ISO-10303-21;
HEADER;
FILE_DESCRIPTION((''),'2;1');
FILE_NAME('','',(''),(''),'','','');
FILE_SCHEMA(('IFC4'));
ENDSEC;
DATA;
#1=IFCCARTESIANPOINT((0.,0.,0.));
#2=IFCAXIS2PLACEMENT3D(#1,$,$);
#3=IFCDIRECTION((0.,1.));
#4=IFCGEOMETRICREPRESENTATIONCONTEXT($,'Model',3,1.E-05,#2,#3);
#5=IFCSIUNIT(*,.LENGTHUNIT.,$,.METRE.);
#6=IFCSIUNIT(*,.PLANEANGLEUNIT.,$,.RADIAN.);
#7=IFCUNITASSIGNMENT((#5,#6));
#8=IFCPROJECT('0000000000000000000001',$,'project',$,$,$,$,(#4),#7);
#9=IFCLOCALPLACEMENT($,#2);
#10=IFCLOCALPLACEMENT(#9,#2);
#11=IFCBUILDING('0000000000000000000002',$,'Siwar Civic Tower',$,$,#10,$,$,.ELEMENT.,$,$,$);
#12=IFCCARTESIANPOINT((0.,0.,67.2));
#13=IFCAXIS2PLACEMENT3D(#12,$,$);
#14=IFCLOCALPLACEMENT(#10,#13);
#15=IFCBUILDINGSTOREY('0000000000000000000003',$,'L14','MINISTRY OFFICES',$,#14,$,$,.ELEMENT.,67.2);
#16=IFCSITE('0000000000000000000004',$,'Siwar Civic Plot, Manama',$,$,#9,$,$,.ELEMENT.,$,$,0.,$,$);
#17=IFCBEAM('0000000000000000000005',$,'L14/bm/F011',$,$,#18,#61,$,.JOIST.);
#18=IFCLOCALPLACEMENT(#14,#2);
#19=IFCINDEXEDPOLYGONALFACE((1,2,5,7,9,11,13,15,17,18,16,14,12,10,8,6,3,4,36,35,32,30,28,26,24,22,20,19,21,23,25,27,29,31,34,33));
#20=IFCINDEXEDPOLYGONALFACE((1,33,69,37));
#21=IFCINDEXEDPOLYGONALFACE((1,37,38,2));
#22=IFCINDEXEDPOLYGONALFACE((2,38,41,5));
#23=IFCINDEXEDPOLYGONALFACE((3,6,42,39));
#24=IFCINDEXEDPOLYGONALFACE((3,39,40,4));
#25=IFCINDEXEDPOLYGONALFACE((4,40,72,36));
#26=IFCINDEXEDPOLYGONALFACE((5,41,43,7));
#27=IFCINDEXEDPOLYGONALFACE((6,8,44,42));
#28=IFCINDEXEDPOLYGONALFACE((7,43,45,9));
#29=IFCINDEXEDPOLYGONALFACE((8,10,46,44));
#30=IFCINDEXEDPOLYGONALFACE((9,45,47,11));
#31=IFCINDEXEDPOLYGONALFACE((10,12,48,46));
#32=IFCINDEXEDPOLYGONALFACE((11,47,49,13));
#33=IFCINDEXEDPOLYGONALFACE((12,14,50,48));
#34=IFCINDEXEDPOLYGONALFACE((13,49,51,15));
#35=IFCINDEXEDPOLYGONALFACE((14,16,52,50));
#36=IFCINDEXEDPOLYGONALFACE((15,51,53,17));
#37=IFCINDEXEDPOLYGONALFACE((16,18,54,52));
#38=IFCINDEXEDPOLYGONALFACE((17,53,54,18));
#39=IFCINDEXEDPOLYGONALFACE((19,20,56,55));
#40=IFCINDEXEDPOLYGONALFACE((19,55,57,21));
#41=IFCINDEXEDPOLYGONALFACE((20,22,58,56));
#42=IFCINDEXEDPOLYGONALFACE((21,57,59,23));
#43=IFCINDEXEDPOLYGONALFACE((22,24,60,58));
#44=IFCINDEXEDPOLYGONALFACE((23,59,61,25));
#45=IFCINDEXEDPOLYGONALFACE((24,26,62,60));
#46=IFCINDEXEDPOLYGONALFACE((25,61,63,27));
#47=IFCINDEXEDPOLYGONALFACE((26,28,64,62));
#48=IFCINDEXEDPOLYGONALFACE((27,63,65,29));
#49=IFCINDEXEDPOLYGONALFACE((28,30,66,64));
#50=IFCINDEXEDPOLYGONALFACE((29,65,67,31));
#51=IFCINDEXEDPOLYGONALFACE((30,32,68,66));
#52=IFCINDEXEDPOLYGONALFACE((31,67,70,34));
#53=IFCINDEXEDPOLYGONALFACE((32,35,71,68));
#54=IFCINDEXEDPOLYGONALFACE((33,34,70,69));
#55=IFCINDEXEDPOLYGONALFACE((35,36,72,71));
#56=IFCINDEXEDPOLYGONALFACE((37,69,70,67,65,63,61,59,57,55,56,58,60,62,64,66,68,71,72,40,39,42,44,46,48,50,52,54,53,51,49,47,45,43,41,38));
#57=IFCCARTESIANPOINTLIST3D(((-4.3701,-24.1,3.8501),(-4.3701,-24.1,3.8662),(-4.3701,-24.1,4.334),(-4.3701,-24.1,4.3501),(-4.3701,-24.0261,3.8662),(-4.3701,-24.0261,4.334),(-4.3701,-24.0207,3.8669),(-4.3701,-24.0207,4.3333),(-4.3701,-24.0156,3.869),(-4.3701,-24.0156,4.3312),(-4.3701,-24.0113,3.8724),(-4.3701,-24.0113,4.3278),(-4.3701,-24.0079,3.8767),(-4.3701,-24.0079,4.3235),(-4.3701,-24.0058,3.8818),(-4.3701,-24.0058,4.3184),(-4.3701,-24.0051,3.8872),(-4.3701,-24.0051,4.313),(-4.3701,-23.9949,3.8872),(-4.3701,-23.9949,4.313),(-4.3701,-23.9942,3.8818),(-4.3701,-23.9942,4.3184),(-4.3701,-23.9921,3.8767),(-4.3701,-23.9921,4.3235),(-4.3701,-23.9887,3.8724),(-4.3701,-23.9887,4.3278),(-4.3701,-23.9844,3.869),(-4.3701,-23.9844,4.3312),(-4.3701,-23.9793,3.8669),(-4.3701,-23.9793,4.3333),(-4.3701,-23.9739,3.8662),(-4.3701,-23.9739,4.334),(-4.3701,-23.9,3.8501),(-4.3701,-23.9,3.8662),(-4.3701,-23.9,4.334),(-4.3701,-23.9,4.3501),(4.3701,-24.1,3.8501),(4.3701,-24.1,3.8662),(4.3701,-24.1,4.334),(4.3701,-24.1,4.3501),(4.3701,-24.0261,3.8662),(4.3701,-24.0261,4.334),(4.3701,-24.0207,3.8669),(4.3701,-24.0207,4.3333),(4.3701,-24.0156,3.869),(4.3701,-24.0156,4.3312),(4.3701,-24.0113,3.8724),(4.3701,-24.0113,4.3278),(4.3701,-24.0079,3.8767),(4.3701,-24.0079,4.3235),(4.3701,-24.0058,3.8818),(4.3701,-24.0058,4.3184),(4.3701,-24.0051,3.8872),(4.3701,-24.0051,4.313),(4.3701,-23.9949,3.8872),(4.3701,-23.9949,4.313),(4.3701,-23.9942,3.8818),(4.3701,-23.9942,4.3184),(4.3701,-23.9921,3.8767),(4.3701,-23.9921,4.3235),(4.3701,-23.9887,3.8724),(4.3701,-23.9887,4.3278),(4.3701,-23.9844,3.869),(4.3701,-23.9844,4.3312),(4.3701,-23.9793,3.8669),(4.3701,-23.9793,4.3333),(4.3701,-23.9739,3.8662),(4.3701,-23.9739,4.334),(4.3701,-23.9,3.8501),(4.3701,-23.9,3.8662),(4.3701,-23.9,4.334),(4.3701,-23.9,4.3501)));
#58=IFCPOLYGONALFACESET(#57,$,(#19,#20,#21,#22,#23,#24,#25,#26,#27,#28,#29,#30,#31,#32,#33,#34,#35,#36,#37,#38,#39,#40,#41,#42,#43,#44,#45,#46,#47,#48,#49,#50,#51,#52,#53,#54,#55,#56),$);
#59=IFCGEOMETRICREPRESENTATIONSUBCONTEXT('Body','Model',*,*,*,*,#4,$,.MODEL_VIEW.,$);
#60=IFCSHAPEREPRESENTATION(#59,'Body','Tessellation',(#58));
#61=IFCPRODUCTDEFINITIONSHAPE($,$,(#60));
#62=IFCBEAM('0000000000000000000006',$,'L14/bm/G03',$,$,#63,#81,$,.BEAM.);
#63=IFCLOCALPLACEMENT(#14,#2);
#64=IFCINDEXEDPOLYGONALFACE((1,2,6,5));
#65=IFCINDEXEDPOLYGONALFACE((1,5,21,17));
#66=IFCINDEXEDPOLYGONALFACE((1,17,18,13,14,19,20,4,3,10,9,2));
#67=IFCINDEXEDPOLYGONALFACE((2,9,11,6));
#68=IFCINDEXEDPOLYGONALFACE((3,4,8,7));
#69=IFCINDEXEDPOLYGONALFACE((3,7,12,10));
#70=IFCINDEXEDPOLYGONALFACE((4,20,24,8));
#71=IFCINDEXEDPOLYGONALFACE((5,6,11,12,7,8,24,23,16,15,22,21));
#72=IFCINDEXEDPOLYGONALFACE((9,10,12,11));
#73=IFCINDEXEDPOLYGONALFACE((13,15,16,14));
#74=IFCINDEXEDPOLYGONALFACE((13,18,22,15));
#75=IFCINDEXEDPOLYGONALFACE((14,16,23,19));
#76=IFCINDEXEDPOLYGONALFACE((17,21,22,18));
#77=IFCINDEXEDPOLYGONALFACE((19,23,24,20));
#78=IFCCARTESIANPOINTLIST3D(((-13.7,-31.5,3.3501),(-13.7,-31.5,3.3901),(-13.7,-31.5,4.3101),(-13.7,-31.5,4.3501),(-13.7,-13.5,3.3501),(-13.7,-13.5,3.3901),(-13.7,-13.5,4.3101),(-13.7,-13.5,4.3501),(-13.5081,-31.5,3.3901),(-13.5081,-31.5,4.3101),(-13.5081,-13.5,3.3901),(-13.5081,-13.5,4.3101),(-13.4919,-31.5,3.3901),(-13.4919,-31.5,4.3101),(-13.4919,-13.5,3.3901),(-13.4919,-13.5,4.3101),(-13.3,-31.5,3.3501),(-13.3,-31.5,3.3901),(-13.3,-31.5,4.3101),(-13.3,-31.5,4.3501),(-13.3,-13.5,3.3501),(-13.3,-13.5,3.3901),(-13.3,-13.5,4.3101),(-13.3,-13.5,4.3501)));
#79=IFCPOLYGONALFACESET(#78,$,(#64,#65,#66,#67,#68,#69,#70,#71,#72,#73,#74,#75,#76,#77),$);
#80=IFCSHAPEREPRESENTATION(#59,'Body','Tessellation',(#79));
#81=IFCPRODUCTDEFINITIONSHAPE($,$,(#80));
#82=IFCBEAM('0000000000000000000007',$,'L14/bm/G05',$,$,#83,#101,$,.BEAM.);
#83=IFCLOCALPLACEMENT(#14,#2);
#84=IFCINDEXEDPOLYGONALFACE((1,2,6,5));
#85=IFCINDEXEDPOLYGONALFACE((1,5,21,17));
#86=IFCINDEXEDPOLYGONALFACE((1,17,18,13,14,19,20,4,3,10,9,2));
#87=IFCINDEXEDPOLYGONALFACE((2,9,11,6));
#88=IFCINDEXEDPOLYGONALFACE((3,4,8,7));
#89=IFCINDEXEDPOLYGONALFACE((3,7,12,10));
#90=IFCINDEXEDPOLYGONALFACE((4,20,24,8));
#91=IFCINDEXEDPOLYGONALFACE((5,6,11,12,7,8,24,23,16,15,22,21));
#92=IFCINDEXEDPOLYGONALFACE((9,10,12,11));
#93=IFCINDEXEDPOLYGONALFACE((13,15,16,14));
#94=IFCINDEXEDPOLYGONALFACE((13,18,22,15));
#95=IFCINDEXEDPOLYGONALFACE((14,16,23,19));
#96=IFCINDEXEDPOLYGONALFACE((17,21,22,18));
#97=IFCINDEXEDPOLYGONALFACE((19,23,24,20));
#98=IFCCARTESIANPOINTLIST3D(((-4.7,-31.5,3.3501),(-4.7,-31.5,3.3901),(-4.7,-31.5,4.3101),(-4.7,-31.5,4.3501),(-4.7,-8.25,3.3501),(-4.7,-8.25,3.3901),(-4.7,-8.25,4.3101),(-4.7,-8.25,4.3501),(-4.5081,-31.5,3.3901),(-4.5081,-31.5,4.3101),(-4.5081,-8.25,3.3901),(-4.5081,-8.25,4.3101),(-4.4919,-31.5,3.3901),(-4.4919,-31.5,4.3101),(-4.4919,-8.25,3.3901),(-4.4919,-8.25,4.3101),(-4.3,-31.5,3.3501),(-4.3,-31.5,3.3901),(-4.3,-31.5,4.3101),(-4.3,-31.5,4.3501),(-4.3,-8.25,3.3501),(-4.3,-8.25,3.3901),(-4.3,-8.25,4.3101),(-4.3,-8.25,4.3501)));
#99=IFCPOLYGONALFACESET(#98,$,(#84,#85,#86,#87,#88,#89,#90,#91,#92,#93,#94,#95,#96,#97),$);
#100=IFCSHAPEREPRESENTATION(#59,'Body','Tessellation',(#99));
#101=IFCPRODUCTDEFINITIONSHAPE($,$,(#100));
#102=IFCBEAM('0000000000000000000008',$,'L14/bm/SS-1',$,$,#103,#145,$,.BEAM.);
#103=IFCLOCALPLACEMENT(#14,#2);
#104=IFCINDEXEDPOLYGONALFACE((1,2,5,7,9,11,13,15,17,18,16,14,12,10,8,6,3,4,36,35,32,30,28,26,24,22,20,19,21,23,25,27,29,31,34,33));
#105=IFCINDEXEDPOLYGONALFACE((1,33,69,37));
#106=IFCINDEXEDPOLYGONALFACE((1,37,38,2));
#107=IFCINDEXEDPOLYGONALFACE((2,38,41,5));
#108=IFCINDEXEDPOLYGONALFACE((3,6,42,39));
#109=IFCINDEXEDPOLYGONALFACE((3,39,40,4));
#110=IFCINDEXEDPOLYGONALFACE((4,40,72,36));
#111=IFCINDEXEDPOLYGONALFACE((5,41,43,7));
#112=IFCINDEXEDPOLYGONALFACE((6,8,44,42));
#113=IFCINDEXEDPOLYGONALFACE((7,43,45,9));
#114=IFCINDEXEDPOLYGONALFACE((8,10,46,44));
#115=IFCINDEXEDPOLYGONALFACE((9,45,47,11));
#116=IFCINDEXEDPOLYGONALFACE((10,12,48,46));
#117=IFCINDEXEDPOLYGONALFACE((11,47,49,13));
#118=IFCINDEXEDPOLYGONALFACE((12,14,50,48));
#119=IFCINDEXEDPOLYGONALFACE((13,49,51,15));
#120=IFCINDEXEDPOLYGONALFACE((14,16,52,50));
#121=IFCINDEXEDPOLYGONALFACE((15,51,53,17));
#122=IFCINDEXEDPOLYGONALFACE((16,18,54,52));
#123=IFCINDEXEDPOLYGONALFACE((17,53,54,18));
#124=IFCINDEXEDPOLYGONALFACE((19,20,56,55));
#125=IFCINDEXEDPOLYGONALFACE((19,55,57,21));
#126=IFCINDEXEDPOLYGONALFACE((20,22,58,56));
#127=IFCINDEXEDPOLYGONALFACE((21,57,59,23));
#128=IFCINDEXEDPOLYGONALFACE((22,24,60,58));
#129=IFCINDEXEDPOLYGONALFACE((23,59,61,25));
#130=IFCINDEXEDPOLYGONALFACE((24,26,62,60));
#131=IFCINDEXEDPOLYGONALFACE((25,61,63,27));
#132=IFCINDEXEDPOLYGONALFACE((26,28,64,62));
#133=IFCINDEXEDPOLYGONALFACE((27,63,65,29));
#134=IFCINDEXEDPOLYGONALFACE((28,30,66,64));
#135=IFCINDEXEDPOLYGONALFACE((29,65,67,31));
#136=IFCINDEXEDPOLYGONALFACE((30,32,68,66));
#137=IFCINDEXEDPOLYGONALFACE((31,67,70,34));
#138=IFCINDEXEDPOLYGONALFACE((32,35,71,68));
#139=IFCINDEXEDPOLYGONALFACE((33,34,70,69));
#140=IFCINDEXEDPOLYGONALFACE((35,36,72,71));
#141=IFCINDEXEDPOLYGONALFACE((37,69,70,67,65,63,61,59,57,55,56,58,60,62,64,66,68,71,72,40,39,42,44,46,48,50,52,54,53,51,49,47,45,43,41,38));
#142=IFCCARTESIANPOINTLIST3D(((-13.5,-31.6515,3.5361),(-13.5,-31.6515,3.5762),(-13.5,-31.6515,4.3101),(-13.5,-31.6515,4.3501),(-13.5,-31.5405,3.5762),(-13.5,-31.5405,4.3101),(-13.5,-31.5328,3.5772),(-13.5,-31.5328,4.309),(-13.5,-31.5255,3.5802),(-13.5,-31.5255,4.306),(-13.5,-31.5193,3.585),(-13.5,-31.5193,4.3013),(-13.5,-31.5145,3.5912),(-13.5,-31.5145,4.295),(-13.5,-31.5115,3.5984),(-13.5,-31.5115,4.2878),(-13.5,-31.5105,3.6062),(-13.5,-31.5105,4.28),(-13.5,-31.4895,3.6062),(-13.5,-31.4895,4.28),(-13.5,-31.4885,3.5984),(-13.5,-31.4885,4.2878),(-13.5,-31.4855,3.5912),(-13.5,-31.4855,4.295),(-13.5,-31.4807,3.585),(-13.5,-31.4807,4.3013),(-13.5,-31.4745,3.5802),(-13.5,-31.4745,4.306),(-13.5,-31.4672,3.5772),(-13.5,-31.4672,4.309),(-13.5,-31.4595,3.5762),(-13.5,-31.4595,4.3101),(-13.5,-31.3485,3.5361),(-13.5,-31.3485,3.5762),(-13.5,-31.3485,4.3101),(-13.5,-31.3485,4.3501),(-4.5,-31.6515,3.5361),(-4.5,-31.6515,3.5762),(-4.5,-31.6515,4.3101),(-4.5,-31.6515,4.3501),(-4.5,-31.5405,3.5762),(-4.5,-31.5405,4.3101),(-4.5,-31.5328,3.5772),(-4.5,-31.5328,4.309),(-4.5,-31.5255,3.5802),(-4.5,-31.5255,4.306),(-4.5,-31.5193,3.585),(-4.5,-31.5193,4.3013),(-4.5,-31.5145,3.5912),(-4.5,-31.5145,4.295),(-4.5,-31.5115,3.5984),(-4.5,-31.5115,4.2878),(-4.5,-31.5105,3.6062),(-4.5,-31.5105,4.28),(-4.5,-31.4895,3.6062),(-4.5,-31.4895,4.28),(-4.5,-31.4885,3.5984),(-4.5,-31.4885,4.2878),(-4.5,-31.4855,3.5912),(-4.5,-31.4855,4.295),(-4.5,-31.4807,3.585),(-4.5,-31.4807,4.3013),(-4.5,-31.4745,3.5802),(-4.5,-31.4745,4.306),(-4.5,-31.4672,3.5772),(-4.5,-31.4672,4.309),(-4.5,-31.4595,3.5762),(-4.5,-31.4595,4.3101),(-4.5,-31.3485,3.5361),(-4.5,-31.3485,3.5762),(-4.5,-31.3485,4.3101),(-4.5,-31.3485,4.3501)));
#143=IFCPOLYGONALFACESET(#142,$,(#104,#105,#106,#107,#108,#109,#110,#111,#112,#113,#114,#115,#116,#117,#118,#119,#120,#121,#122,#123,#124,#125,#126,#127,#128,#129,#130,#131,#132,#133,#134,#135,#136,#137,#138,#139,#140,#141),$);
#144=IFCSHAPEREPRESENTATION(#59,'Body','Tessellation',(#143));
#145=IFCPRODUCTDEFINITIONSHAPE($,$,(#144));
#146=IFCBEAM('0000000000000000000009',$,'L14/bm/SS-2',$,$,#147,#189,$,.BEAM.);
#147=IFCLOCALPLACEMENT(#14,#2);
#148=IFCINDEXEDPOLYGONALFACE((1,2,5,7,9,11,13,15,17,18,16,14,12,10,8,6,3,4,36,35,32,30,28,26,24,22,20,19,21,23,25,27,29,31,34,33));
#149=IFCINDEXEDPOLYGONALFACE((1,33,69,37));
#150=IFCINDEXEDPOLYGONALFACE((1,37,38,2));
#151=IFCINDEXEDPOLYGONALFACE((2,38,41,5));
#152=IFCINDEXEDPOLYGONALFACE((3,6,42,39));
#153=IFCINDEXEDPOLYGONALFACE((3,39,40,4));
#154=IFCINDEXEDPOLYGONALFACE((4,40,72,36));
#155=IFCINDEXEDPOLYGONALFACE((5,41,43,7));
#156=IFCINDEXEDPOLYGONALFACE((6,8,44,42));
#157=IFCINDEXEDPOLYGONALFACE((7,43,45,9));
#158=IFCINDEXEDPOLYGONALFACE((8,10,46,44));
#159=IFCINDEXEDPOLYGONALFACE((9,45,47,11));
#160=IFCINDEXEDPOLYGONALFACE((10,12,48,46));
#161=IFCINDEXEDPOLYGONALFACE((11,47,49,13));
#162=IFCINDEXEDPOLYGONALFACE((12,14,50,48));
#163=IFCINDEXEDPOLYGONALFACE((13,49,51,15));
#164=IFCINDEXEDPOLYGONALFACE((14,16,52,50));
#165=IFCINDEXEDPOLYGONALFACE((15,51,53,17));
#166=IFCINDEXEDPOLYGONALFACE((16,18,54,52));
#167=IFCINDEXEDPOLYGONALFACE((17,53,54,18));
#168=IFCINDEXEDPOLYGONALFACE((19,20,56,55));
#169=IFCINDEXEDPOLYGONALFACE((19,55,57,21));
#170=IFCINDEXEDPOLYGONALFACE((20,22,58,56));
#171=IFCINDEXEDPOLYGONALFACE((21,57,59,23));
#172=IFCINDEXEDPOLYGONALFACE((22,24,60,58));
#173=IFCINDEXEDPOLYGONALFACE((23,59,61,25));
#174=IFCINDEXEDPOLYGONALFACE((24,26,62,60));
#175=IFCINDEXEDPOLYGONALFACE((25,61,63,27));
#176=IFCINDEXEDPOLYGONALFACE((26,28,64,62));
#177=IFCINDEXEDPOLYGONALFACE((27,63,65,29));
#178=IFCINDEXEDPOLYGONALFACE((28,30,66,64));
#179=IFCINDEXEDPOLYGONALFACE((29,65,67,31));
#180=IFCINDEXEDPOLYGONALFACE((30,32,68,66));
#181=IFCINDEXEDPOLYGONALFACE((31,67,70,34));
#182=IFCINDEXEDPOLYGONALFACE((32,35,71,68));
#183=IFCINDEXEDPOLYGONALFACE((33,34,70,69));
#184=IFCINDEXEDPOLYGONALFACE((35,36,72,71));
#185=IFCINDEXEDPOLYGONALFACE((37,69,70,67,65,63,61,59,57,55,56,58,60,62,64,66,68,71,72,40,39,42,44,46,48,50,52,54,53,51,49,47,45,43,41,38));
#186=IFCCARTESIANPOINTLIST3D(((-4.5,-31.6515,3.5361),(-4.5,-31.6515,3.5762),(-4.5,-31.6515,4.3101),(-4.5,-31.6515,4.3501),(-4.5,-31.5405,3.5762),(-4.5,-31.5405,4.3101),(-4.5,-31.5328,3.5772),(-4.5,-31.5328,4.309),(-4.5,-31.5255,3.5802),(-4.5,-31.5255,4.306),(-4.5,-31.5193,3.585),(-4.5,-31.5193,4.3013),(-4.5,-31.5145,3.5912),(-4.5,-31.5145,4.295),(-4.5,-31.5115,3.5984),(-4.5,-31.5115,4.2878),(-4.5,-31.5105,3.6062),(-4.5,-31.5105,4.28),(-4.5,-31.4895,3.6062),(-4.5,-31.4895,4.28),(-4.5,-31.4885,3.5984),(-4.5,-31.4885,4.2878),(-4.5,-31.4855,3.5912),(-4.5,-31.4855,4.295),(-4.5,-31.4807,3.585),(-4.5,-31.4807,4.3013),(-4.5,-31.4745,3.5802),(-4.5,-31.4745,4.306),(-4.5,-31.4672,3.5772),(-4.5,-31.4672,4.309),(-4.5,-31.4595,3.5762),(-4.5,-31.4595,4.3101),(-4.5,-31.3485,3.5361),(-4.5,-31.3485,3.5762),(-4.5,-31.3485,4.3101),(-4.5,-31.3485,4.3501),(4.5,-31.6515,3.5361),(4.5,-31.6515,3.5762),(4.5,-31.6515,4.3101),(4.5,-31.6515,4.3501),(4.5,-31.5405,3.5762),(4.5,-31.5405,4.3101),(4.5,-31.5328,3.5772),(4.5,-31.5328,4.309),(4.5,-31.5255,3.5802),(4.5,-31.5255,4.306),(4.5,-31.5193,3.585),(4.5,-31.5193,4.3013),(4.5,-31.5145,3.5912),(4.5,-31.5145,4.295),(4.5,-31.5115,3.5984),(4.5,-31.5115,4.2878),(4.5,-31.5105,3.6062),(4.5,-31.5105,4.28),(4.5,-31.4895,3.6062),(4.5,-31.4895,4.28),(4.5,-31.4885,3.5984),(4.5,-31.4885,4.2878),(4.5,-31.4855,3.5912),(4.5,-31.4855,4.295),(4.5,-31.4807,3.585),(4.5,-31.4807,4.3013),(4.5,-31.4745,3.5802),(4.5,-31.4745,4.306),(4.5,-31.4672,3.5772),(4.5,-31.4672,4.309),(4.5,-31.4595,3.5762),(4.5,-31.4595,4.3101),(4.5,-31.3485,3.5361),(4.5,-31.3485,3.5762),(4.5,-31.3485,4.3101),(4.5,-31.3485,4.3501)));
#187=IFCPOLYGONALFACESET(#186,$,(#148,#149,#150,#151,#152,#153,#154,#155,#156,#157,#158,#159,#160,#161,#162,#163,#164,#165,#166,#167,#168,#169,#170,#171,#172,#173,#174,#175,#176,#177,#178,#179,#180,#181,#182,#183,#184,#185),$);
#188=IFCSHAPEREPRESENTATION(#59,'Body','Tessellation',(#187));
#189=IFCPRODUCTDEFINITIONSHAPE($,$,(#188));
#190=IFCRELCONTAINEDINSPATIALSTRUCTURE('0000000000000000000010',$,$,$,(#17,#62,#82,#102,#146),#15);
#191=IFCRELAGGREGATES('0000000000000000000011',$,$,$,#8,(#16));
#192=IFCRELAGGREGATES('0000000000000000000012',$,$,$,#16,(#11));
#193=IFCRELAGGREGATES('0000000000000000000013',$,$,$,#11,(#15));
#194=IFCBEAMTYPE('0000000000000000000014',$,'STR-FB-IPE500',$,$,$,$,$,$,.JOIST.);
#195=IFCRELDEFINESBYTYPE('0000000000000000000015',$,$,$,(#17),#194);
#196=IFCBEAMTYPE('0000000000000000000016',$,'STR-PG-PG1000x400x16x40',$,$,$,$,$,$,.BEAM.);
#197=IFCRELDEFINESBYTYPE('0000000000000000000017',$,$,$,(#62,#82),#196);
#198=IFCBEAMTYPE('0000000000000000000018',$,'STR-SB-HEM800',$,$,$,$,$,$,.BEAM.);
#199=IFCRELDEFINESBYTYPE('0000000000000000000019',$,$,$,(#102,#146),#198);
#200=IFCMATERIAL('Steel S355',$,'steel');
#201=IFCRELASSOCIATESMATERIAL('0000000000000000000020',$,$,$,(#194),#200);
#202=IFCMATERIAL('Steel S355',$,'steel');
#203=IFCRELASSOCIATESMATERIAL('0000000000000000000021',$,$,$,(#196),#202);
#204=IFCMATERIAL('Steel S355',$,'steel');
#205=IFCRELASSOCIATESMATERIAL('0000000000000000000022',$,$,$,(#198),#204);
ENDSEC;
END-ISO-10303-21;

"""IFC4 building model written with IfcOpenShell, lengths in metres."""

from ifc_helpers import new_model, si_unit, direction, frame, origin, origin_2d, place, context, subcontext, project, spatial, i_section, extrude, material, material_profile, profile_set, type_object, element, save


model = new_model("IFC4")

# Units and contexts
model_context = context("Model", 3, precision=1e-05, world=origin(), true_north=direction((0.0, 1.0)))
body_context = subcontext(model_context, "Body", "Model", "MODEL_VIEW")
ifc_project = project(units=[si_unit("LENGTHUNIT", "METRE"), si_unit("PLANEANGLEUNIT", "RADIAN")], contexts=[model_context])

# Site, building, storey
site_placement = place(None, origin())
site = spatial("IfcSite", under=ifc_project, at=site_placement, Name="Siwar Civic Plot, Manama", CompositionType="ELEMENT", RefElevation=0.0)
building_placement = place(site_placement, origin())
building = spatial("IfcBuilding", under=site, at=building_placement, Name="Siwar Civic Tower", CompositionType="ELEMENT")
storey_placement = place(building_placement, frame((0.0, 0.0, 67.2)))
storey = spatial("IfcBuildingStorey", under=building, at=storey_placement, Name="L14", Description="MINISTRY OFFICES", CompositionType="ELEMENT", Elevation=67.2)

# Beams
ifc_material_1 = material(Name="Steel S355", Category="steel")
ifc_material_profile_1 = material_profile(ifc_material_1, i_section(OverallWidth=0.2, OverallDepth=0.5, WebThickness=0.0103, FlangeThickness=0.0161, FilletRadius=0.021, at=origin_2d()), Name="IPE500")
ifc_profile_set_1 = profile_set([ifc_material_profile_1], Name="Steel S355")
beam_type_1 = type_object("IfcBeamType", Name="STR-FB-IPE500", PredefinedType="JOIST", material=ifc_profile_set_1)
for number, where, z_axis, x_axis, name in (
    (1, (-4.3701, -24.0, 4.1001), (1.0, 0.0, 0.0), (0.0, 1.0, 0.0), "L14/bm/F011"),
):
    element("IfcBeam", number, at=place(storey_placement, frame(where, z_axis=z_axis, x_axis=x_axis)), inside=storey, type_object=beam_type_1, Name=name, PredefinedType="JOIST", context=body_context, shape_type="SweptSolid", body=[
        extrude(i_section(OverallWidth=0.2, OverallDepth=0.5, WebThickness=0.0103, FlangeThickness=0.0161, FilletRadius=0.021, at=origin_2d()), origin(), (0.0, 0.0, 1.0), 8.7402),
    ])
ifc_material_2 = material(Name="Steel S355", Category="steel")
ifc_material_profile_2 = material_profile(ifc_material_2, i_section(OverallWidth=0.3999, OverallDepth=1.0, WebThickness=0.0161, FlangeThickness=0.04, at=origin_2d()), Name="PG1000x400x16x40")
ifc_profile_set_2 = profile_set([ifc_material_profile_2], Name="Steel S355")
beam_type_2 = type_object("IfcBeamType", Name="STR-PG-PG1000x400x16x40", PredefinedType="BEAM", material=ifc_profile_set_2)
beam_1_placement = place(storey_placement, frame((-13.5, -31.5, 3.8501), z_axis=(0.0, 1.0, 0.0), x_axis=(-1.0, 0.0, 0.0)))
element("IfcBeam", 2, at=beam_1_placement, inside=storey, type_object=beam_type_2, Name="L14/bm/G03", PredefinedType="BEAM", context=body_context, shape_type="SweptSolid", body=[
    extrude(i_section(OverallWidth=0.3999, OverallDepth=1.0, WebThickness=0.0161, FlangeThickness=0.04, at=origin_2d()), origin(), (0.0, 0.0, 1.0), 18.0),
])
beam_2_placement = place(storey_placement, frame((-4.5, -31.5, 3.8501), z_axis=(0.0, 1.0, 0.0), x_axis=(-1.0, 0.0, 0.0)))
element("IfcBeam", 3, at=beam_2_placement, inside=storey, type_object=beam_type_2, Name="L14/bm/G05", PredefinedType="BEAM", context=body_context, shape_type="SweptSolid", body=[
    extrude(i_section(OverallWidth=0.3999, OverallDepth=1.0, WebThickness=0.0161, FlangeThickness=0.04, at=origin_2d()), origin(), (0.0, 0.0, 1.0), 23.25),
])
ifc_material_3 = material(Name="Steel S355", Category="steel")
ifc_material_profile_3 = material_profile(ifc_material_3, i_section(OverallWidth=0.303, OverallDepth=0.814, WebThickness=0.021, FlangeThickness=0.04, FilletRadius=0.03, at=origin_2d()), Name="HEM800")
ifc_profile_set_3 = profile_set([ifc_material_profile_3], Name="Steel S355")
beam_type_3 = type_object("IfcBeamType", Name="STR-SB-HEM800", PredefinedType="BEAM", material=ifc_profile_set_3)
for number, where, z_axis, x_axis, name in (
    (4, (-13.5, -31.5, 3.9431), (1.0, 0.0, 0.0), (0.0, 1.0, 0.0), "L14/bm/SS-1"),
    (5, (-4.5, -31.5, 3.9431), (1.0, 0.0, 0.0), (0.0, 1.0, 0.0), "L14/bm/SS-2"),
):
    element("IfcBeam", number, at=place(storey_placement, frame(where, z_axis=z_axis, x_axis=x_axis)), inside=storey, type_object=beam_type_3, Name=name, PredefinedType="BEAM", context=body_context, shape_type="SweptSolid", body=[
        extrude(i_section(OverallWidth=0.303, OverallDepth=0.814, WebThickness=0.021, FlangeThickness=0.04, FilletRadius=0.03, at=origin_2d()), origin(), (0.0, 0.0, 1.0), 9.0),
    ])

save(model, "model.ifc")
